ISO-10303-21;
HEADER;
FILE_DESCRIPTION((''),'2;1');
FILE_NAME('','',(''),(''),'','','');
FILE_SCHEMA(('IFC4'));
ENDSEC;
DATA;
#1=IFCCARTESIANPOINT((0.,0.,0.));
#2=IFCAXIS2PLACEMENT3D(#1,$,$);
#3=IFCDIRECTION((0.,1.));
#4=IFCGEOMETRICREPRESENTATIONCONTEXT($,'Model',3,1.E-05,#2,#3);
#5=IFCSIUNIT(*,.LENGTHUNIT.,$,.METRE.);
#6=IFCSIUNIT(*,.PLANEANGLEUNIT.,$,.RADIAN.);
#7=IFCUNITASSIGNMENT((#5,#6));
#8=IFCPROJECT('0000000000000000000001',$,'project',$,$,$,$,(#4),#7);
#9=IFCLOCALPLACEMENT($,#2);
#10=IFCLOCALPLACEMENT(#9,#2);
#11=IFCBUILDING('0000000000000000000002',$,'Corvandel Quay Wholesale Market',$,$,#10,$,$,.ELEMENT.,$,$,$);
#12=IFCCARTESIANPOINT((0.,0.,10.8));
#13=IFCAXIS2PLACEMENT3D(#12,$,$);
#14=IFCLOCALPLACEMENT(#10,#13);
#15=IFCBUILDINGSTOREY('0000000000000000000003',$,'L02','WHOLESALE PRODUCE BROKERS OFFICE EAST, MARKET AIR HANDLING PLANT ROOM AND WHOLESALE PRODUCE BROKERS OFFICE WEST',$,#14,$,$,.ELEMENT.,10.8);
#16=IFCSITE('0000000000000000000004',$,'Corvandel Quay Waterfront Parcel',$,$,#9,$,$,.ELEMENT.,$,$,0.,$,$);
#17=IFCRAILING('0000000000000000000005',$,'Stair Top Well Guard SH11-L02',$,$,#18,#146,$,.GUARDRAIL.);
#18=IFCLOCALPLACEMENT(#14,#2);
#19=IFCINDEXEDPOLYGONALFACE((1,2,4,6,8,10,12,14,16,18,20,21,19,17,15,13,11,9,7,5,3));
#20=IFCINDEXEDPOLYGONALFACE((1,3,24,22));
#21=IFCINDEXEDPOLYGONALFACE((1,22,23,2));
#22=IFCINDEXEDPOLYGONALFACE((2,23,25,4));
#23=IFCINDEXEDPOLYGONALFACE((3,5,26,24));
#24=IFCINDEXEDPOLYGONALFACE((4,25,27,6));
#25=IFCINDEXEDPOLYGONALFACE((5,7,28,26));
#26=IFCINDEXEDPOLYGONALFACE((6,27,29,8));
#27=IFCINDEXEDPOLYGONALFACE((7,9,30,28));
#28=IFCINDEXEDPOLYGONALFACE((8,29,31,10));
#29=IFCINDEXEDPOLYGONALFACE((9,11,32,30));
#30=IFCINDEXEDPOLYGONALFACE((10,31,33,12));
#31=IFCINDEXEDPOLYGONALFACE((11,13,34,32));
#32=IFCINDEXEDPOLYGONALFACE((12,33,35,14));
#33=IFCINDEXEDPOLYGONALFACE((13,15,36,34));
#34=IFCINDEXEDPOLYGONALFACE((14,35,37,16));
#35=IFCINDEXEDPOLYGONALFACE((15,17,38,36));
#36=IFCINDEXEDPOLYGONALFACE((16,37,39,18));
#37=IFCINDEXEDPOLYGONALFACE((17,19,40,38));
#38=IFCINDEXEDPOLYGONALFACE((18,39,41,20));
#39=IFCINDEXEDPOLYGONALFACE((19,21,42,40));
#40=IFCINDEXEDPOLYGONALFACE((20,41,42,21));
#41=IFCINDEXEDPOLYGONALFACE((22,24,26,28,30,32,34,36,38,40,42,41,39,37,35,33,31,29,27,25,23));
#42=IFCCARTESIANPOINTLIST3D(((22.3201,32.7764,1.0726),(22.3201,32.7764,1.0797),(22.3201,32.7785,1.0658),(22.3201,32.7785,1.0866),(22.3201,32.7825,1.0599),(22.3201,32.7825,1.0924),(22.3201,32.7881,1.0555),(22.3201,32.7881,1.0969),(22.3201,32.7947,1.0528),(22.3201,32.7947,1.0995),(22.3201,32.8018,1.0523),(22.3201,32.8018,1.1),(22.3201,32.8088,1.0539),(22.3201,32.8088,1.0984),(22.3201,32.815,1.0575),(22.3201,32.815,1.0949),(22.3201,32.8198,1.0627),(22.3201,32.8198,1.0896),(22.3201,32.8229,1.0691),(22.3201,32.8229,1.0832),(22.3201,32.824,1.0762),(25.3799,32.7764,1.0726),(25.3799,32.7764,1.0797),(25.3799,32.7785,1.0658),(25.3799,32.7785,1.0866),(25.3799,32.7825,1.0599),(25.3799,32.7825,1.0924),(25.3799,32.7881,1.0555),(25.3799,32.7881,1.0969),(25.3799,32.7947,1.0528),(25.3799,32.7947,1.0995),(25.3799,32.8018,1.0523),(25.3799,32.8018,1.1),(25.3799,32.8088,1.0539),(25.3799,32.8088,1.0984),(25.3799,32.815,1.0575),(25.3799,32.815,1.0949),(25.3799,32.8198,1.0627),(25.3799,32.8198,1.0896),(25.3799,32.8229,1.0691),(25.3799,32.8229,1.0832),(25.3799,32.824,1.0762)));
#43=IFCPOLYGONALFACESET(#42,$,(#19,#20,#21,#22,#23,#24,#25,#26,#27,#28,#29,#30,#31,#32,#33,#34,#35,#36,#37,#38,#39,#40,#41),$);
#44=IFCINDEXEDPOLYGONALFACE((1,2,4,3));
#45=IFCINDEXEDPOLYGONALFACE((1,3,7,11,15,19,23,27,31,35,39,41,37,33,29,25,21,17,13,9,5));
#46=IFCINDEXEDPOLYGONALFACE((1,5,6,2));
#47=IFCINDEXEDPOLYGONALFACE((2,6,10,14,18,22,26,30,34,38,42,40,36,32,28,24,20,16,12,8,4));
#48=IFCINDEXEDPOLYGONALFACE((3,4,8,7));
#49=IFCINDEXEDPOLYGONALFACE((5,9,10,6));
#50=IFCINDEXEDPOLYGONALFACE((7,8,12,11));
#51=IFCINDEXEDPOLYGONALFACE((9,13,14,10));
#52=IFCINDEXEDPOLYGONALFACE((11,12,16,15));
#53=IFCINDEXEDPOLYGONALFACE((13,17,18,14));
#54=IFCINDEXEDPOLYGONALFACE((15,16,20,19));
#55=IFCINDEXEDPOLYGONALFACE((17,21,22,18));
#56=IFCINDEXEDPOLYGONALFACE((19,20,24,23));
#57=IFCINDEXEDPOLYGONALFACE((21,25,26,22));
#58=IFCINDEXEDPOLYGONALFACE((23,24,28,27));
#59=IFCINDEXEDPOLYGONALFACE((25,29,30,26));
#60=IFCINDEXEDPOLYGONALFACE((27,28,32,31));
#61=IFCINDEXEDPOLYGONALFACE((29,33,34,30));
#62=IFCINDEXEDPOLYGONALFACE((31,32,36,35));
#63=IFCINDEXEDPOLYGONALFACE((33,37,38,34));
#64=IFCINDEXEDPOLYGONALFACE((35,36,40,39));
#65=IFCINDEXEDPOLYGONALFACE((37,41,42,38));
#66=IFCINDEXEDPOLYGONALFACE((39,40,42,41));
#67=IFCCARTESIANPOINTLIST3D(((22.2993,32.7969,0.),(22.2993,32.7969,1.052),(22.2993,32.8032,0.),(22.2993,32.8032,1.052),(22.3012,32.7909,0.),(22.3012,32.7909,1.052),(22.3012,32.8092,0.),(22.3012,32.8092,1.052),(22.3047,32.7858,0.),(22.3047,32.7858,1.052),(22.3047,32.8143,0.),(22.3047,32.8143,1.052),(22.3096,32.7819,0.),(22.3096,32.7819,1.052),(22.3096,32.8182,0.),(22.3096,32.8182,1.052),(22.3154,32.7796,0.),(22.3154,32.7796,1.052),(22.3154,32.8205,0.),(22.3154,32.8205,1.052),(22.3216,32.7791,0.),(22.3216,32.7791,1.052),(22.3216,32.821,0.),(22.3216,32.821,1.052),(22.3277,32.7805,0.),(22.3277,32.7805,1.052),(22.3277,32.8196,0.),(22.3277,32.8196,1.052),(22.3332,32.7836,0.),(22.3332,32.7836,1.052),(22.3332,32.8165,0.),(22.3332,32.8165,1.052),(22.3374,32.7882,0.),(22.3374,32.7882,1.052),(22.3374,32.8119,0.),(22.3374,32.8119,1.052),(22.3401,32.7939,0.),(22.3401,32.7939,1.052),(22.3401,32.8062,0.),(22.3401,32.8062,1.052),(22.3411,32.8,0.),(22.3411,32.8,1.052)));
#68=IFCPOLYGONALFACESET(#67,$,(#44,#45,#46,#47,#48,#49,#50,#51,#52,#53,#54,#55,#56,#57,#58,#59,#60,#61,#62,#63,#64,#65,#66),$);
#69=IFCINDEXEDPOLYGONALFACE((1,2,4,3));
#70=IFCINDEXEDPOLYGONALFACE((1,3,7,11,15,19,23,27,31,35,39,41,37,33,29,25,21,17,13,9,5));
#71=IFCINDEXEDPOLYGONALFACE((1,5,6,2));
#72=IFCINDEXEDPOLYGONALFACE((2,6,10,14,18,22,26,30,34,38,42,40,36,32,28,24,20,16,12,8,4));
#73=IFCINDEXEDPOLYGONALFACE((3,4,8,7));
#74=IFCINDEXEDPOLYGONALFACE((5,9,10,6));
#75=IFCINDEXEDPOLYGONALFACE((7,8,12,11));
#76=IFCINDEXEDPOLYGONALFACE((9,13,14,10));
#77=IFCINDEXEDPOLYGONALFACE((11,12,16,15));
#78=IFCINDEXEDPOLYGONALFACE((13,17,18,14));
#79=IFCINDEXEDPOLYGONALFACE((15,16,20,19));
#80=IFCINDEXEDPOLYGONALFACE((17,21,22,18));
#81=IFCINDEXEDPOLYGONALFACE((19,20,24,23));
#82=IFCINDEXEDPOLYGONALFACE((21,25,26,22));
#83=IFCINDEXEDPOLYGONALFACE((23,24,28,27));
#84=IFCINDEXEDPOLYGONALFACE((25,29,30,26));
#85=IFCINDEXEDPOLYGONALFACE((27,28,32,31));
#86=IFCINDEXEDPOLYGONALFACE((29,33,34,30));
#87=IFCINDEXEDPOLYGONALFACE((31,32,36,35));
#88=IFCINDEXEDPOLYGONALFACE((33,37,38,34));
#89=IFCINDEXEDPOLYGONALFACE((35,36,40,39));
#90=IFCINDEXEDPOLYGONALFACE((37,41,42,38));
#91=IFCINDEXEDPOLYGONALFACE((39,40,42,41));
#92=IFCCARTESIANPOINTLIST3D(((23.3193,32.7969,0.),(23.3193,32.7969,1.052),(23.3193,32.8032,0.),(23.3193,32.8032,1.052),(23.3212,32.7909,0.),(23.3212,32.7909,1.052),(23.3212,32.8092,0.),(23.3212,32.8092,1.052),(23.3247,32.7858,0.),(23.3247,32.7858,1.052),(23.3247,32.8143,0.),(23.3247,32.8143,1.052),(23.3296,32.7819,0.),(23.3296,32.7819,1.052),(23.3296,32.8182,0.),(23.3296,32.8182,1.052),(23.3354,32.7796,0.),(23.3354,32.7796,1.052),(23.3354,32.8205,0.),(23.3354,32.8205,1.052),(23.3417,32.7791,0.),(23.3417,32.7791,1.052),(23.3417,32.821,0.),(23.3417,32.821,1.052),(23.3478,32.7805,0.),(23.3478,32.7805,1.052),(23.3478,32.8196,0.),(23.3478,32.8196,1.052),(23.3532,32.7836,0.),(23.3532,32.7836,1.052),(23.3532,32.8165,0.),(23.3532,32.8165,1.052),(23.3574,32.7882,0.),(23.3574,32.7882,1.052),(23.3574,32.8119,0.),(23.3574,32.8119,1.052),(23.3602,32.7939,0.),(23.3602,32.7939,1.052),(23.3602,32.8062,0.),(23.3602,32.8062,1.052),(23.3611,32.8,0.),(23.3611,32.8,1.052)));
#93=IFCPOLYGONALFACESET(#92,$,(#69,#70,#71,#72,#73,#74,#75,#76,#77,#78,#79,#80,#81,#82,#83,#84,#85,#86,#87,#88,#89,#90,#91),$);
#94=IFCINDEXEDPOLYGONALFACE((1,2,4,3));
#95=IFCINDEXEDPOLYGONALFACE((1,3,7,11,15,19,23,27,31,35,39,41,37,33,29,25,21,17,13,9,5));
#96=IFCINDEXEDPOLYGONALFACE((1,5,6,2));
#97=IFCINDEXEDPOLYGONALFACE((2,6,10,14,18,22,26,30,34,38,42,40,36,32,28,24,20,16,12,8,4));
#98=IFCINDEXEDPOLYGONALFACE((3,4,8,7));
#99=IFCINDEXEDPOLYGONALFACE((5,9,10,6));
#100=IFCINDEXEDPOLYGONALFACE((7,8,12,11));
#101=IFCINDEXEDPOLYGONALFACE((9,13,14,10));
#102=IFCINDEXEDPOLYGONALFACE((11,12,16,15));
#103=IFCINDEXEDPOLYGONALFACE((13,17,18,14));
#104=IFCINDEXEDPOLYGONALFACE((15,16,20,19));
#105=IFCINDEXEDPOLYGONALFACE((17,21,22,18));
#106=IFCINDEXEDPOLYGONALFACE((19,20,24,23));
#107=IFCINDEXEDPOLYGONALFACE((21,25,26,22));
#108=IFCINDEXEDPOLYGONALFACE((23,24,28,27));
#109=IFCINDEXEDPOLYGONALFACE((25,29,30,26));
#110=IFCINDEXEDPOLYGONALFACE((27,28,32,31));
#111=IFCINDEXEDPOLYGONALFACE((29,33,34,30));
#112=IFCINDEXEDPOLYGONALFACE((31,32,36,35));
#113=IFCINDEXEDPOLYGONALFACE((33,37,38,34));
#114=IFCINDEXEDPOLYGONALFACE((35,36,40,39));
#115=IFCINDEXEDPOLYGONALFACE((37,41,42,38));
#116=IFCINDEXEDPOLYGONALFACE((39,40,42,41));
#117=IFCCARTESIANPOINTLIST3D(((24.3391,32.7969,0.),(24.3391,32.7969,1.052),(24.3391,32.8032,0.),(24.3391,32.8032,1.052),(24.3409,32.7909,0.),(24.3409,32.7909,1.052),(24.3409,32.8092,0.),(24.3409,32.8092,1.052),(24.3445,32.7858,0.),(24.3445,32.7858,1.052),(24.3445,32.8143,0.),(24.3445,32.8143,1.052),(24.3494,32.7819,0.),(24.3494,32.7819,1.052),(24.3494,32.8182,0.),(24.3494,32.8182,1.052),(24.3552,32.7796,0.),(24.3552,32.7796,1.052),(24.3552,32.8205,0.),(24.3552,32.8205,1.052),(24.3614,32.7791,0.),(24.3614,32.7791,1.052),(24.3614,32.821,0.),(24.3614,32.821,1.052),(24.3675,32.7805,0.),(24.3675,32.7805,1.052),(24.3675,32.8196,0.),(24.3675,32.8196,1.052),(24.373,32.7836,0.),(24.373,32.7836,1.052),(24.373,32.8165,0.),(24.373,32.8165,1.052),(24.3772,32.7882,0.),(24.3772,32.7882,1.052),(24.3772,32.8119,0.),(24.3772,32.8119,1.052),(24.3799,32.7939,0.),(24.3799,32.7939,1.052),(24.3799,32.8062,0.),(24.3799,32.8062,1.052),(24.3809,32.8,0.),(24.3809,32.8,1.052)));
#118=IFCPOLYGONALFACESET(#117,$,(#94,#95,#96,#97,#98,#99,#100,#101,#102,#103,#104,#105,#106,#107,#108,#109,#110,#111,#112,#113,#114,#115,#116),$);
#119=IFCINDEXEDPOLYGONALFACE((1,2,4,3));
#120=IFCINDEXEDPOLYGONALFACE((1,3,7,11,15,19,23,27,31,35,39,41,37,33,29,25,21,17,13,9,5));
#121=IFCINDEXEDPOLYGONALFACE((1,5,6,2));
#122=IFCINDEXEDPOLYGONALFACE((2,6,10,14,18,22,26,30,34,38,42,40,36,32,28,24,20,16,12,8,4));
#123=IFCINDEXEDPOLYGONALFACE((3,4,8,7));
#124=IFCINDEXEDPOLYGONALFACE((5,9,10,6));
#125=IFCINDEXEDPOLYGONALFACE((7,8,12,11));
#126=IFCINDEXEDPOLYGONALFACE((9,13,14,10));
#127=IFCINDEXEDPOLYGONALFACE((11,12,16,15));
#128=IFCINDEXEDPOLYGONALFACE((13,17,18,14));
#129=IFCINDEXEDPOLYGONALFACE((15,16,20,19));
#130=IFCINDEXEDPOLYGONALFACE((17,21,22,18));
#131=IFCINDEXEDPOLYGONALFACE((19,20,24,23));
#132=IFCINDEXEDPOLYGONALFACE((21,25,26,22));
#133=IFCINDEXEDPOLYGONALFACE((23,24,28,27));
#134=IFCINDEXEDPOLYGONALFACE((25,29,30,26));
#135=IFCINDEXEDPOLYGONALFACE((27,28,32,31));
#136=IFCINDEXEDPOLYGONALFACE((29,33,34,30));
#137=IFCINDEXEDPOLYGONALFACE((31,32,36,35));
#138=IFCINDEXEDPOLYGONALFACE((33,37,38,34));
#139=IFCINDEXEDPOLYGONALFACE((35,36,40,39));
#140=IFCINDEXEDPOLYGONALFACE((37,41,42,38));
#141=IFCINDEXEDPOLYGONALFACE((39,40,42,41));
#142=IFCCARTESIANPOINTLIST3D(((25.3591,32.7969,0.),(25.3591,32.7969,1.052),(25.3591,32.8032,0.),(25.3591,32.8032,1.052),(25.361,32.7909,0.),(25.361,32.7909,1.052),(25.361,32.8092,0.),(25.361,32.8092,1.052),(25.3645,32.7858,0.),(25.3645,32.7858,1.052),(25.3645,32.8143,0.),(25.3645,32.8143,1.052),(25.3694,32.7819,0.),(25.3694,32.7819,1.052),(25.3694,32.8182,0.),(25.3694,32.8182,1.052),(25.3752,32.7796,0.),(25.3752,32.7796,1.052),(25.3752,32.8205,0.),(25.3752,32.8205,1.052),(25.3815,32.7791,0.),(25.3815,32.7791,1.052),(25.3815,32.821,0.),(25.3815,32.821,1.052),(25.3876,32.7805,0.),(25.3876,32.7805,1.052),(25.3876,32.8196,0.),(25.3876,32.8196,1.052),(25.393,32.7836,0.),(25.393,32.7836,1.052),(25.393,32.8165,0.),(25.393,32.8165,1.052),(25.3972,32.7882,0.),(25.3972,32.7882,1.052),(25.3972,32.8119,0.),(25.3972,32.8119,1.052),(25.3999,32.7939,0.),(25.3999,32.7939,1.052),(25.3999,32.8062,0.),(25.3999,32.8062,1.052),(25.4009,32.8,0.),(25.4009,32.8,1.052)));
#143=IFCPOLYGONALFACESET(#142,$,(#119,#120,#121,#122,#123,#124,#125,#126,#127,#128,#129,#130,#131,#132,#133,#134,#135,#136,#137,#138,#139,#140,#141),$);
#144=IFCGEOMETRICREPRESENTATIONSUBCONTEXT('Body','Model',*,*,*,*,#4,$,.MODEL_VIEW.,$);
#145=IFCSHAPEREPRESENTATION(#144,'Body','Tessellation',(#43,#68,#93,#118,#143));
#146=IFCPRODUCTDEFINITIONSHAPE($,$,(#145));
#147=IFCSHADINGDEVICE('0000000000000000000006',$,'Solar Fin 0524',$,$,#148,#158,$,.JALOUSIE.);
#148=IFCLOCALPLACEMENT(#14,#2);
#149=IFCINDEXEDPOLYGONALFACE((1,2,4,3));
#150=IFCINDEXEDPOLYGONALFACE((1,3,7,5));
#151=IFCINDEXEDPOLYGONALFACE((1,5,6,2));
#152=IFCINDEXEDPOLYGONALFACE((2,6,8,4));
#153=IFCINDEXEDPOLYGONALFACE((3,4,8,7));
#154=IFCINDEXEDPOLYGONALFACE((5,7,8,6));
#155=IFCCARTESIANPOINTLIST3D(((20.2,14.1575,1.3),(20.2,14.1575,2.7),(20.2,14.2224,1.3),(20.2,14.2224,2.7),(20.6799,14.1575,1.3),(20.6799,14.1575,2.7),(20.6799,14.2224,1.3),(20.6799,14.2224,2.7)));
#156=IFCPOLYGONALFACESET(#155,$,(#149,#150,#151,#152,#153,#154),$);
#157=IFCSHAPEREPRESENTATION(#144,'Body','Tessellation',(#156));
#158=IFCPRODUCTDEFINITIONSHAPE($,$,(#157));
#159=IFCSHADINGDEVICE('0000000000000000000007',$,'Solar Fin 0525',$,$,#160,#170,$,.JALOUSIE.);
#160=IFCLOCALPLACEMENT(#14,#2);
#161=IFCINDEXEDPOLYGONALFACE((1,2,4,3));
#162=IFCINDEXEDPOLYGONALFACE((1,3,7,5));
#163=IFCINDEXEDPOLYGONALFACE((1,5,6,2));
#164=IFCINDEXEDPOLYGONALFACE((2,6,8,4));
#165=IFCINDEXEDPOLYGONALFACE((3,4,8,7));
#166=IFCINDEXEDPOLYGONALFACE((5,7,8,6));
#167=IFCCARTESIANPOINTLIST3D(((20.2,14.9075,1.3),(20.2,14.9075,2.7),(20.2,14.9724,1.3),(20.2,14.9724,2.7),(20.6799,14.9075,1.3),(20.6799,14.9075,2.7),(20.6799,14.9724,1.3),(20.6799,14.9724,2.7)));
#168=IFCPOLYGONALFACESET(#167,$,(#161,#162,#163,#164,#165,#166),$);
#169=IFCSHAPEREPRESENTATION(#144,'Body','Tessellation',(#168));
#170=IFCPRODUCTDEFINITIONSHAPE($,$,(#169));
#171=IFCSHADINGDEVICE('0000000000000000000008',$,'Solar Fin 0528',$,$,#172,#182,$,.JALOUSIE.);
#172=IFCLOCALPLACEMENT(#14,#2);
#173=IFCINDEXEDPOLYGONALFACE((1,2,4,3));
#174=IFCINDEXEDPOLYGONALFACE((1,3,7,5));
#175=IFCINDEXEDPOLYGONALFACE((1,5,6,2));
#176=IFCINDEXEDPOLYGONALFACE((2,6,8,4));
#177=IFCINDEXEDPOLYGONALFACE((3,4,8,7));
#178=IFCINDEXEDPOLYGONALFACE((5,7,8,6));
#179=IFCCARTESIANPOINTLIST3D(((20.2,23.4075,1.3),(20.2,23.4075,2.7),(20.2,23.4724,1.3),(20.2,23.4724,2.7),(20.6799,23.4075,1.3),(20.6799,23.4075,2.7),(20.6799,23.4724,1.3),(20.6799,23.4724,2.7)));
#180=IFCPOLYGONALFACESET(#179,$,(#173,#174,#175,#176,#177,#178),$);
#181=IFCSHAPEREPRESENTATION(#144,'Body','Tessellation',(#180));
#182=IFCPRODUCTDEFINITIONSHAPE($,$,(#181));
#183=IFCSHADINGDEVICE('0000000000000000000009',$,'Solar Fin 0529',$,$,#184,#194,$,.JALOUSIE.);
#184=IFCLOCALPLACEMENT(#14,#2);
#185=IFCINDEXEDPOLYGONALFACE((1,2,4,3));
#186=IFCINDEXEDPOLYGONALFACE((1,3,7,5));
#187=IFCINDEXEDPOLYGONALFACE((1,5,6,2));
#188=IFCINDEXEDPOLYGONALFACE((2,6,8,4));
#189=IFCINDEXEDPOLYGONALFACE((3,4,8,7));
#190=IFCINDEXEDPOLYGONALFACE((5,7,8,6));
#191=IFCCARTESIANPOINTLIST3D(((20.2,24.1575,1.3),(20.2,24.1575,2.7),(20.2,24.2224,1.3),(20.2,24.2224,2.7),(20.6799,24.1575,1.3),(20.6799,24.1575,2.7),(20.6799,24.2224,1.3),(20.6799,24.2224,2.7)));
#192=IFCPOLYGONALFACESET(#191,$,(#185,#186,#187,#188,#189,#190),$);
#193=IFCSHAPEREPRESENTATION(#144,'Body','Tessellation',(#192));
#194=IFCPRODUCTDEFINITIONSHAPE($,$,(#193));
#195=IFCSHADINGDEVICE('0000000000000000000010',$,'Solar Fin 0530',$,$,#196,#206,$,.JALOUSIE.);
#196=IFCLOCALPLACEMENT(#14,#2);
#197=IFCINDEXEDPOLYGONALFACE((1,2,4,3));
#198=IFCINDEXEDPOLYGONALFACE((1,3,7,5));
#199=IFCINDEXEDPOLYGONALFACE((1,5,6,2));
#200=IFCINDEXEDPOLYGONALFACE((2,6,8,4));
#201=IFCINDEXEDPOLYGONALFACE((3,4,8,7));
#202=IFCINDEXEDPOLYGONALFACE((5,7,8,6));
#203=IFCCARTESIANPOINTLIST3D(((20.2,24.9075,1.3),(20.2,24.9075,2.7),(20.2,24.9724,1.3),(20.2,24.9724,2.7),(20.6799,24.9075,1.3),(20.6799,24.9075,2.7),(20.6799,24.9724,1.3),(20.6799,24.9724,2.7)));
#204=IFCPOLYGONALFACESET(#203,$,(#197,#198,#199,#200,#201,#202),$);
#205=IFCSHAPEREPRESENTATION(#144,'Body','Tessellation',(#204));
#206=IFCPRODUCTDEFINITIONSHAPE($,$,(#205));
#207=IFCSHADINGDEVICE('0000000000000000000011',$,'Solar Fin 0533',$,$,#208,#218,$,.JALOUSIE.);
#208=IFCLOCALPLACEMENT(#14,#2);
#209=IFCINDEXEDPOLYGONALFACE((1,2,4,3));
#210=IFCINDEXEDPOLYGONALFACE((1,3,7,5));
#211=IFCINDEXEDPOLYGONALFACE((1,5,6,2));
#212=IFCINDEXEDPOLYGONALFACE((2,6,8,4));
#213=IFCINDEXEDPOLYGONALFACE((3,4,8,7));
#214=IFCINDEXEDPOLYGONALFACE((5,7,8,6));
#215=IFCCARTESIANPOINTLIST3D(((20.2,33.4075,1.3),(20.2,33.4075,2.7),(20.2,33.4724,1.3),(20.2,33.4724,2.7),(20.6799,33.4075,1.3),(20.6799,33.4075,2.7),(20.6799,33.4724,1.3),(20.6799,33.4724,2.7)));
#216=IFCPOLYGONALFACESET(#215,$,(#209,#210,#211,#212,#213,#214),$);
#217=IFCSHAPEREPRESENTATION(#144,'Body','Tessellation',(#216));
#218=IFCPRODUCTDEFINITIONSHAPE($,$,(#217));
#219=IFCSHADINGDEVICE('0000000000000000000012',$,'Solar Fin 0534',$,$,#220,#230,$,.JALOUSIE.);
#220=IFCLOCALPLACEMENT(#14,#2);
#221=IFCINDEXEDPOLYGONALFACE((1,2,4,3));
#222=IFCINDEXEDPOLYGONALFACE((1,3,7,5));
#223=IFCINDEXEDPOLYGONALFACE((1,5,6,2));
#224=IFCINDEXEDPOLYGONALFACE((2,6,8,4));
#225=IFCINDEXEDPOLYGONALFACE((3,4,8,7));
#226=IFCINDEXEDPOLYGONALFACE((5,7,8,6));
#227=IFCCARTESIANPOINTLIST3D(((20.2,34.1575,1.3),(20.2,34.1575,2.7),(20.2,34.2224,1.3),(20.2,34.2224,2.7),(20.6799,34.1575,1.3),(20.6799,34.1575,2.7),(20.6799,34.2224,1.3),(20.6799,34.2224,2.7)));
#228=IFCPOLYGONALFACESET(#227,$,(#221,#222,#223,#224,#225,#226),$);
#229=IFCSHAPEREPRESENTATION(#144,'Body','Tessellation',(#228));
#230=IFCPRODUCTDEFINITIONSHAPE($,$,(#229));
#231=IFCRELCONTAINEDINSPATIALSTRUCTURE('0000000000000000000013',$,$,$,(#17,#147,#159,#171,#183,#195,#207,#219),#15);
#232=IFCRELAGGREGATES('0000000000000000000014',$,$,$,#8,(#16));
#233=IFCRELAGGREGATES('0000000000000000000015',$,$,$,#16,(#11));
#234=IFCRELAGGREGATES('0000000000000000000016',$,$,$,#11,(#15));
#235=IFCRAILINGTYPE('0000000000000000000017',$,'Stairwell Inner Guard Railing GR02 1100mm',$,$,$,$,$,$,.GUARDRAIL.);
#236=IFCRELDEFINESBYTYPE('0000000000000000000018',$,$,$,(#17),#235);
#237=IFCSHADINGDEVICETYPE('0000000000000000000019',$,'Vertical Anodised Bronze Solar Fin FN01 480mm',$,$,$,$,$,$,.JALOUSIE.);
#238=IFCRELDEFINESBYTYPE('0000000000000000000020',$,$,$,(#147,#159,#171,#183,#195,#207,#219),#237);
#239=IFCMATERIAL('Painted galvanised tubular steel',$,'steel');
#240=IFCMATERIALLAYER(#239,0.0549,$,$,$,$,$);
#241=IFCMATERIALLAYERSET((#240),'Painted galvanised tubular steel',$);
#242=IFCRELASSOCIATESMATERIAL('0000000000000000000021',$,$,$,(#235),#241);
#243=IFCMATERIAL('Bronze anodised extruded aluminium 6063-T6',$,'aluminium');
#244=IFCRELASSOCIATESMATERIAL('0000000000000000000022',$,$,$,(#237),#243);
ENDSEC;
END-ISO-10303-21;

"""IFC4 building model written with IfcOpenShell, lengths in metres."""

from ifc_helpers import new_model, si_unit, direction, frame, origin, origin_2d, place, context, subcontext, project, spatial, rectangle, circle, extrude, material, layer, layer_set, type_object, element, save


model = new_model("IFC4")

# Units and contexts
model_context = context("Model", 3, precision=1e-05, world=origin(), true_north=direction((0.0, 1.0)))
body_context = subcontext(model_context, "Body", "Model", "MODEL_VIEW")
ifc_project = project(units=[si_unit("LENGTHUNIT", "METRE"), si_unit("PLANEANGLEUNIT", "RADIAN")], contexts=[model_context])

# Site, building, storey
site_placement = place(None, origin())
site = spatial("IfcSite", under=ifc_project, at=site_placement, Name="Corvandel Quay Waterfront Parcel", CompositionType="ELEMENT", RefElevation=0.0)
building_placement = place(site_placement, origin())
building = spatial("IfcBuilding", under=site, at=building_placement, Name="Corvandel Quay Wholesale Market", CompositionType="ELEMENT")
storey_placement = place(building_placement, frame((0.0, 0.0, 10.8)))
storey = spatial("IfcBuildingStorey", under=building, at=storey_placement, Name="L02", Description="WHOLESALE PRODUCE BROKERS OFFICE EAST, MARKET AIR HANDLING PLANT ROOM AND WHOLESALE PRODUCE BROKERS OFFICE WEST", CompositionType="ELEMENT", Elevation=10.8)

# Railing
ifc_material_1 = material(Name="Painted galvanised tubular steel", Category="steel")
ifc_layer_1 = layer(ifc_material_1, 0.0549)
ifc_layer_set_1 = layer_set([ifc_layer_1], Name="Painted galvanised tubular steel")
railing_type = type_object("IfcRailingType", Name="Stairwell Inner Guard Railing GR02 1100mm", PredefinedType="GUARDRAIL", material=ifc_layer_set_1)
railing_placement = place(storey_placement, frame((22.3201, 32.8, 0.0)))
element("IfcRailing", 1, at=railing_placement, inside=storey, type_object=railing_type, Name="Stair Top Well Guard SH11-L02", PredefinedType="GUARDRAIL", context=body_context, shape_type="SweptSolid", body=[
    extrude(circle(Radius=0.0239, at=origin_2d()), frame((0.0, 0.0, 1.0762), z_axis=(1.0, 0.0, 0.0), x_axis=(0.0, 1.0, 0.0)), (0.0, 0.0, 1.0), 3.0598),
    extrude(circle(Radius=0.021, at=origin_2d()), origin(), (0.0, 0.0, 1.0), 1.052),
    extrude(circle(Radius=0.021, at=origin_2d()), frame((1.02, 0.0, 0.0)), (0.0, 0.0, 1.0), 1.052),
    extrude(circle(Radius=0.021, at=origin_2d()), frame((2.0398, 0.0, 0.0)), (0.0, 0.0, 1.0), 1.052),
    extrude(circle(Radius=0.021, at=origin_2d()), frame((3.0598, 0.0, 0.0)), (0.0, 0.0, 1.0), 1.052),
])

# Shading devices
ifc_material_2 = material(Name="Bronze anodised extruded aluminium 6063-T6", Category="aluminium")
shading_device_type = type_object("IfcShadingDeviceType", Name="Vertical Anodised Bronze Solar Fin FN01 480mm", PredefinedType="JALOUSIE", material=ifc_material_2)
for number, where, z_axis, x_axis, name in (
    (2, (20.4399, 14.1899, 1.3), (0.0, 0.0, 1.0), (1.0, 0.0, 0.0), "Solar Fin 0524"),
    (3, (20.4399, 14.9399, 1.3), (0.0, 0.0, 1.0), (1.0, 0.0, 0.0), "Solar Fin 0525"),
    (4, (20.4399, 23.4399, 1.3), (0.0, 0.0, 1.0), (1.0, 0.0, 0.0), "Solar Fin 0528"),
    (5, (20.4399, 24.1899, 1.3), (0.0, 0.0, 1.0), (1.0, 0.0, 0.0), "Solar Fin 0529"),
    (6, (20.4399, 24.9399, 1.3), (0.0, 0.0, 1.0), (1.0, 0.0, 0.0), "Solar Fin 0530"),
    (7, (20.4399, 33.4399, 1.3), (0.0, 0.0, 1.0), (1.0, 0.0, 0.0), "Solar Fin 0533"),
    (8, (20.4399, 34.1899, 1.3), (0.0, 0.0, 1.0), (1.0, 0.0, 0.0), "Solar Fin 0534"),
):
    element("IfcShadingDevice", number, at=place(storey_placement, frame(where, z_axis=z_axis, x_axis=x_axis)), inside=storey, type_object=shading_device_type, Name=name, PredefinedType="JALOUSIE", context=body_context, shape_type="SweptSolid", body=[
        extrude(rectangle(XDim=0.48, YDim=0.0649, at=origin_2d()), origin(), (0.0, 0.0, 1.0), 1.3999),
    ])

save(model, "model.ifc")
